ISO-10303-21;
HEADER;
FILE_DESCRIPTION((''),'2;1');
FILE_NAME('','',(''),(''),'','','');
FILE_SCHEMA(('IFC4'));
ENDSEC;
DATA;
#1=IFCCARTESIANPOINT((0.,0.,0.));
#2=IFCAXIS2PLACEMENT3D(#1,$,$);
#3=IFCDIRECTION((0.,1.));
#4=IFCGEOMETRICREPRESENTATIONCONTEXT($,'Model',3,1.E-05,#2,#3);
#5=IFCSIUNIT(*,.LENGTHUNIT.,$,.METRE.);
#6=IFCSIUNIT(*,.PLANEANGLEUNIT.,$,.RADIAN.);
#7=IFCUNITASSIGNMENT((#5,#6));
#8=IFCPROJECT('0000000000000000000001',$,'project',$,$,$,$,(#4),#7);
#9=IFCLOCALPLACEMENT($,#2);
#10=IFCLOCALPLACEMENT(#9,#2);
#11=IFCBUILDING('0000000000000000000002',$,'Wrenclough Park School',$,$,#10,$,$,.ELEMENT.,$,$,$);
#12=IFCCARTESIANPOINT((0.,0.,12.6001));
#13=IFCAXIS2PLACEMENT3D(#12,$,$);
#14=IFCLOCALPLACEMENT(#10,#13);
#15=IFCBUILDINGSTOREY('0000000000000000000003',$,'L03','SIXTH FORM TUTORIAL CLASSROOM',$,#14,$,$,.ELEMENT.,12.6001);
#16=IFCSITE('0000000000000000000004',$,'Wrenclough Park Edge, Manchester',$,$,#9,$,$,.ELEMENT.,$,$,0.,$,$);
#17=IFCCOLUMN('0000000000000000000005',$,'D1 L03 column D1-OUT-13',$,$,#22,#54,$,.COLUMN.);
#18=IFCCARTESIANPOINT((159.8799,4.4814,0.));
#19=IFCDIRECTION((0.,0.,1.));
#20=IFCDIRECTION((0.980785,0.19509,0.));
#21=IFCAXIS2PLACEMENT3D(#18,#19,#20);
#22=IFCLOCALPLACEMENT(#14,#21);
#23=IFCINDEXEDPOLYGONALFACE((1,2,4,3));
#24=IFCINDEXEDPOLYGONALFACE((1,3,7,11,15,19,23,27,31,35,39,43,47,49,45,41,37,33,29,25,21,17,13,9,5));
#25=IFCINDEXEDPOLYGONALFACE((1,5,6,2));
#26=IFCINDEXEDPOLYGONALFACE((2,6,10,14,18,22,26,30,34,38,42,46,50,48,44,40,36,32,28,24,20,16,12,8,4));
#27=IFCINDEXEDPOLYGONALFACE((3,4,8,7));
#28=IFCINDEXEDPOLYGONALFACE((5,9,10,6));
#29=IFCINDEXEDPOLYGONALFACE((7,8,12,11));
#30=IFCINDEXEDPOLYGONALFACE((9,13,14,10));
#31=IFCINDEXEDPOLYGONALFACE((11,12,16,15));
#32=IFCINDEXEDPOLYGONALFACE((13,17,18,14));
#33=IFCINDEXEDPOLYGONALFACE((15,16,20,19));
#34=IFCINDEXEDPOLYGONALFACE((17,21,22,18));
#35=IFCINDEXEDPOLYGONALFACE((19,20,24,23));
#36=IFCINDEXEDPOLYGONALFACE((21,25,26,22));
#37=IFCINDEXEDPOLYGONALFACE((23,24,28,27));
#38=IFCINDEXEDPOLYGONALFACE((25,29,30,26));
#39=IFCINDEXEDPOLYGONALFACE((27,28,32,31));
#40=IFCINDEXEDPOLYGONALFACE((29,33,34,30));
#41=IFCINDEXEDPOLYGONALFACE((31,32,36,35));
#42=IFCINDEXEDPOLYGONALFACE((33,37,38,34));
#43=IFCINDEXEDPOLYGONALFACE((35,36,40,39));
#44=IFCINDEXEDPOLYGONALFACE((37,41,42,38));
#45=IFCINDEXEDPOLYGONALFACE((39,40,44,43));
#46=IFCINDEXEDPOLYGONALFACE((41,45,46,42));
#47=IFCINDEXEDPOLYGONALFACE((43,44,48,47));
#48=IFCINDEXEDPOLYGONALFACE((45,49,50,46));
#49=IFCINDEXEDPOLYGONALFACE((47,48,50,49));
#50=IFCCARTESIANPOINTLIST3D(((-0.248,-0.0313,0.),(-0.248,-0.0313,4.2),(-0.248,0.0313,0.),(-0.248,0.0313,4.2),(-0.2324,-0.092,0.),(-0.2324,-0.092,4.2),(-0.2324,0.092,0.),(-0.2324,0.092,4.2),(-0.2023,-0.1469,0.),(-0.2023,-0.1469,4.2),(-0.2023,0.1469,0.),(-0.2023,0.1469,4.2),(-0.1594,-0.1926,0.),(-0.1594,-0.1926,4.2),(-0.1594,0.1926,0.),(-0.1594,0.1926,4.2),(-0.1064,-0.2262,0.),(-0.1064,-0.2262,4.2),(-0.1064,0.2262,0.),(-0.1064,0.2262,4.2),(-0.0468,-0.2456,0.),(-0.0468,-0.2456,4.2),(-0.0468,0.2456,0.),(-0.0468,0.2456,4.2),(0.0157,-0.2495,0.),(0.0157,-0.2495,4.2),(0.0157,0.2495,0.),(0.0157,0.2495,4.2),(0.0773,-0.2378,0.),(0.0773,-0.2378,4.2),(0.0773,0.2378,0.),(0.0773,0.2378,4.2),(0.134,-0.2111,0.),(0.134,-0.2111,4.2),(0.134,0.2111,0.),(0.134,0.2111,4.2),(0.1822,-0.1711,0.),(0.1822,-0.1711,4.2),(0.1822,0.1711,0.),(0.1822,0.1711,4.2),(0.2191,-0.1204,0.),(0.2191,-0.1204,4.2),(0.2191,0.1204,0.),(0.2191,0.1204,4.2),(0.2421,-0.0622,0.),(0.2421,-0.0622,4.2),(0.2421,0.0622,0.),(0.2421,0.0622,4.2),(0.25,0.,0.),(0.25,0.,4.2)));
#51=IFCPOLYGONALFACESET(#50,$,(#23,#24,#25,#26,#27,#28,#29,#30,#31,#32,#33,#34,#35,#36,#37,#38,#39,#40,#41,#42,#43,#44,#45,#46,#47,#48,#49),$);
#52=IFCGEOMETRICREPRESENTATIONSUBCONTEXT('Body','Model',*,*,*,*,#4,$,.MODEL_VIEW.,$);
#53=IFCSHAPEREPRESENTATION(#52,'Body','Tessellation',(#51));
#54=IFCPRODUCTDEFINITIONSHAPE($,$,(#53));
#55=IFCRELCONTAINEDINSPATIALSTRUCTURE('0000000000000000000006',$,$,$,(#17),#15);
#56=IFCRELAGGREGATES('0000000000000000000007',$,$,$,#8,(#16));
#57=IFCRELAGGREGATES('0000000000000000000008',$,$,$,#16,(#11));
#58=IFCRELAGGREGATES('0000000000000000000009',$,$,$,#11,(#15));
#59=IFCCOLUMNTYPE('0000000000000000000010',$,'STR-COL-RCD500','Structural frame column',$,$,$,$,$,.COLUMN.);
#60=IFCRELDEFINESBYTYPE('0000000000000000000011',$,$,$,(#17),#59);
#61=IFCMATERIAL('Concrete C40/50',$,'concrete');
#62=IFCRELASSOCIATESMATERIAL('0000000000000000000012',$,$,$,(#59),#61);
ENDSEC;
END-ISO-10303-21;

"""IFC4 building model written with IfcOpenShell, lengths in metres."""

from ifc_helpers import new_model, si_unit, direction, frame, origin, origin_2d, place, context, subcontext, project, spatial, circle, extrude, material, material_profile, profile_set, type_object, element, save


model = new_model("IFC4")

# Units and contexts
model_context = context("Model", 3, precision=1e-05, world=origin(), true_north=direction((0.0, 1.0)))
body_context = subcontext(model_context, "Body", "Model", "MODEL_VIEW")
ifc_project = project(units=[si_unit("LENGTHUNIT", "METRE"), si_unit("PLANEANGLEUNIT", "RADIAN")], contexts=[model_context])

# Site, building, storey
site_placement = place(None, origin())
site = spatial("IfcSite", under=ifc_project, at=site_placement, Name="Wrenclough Park Edge, Manchester", CompositionType="ELEMENT", RefElevation=0.0)
building_placement = place(site_placement, origin())
building = spatial("IfcBuilding", under=site, at=building_placement, Name="Wrenclough Park School", CompositionType="ELEMENT")
storey_placement = place(building_placement, frame((0.0, 0.0, 12.6001)))
storey = spatial("IfcBuildingStorey", under=building, at=storey_placement, Name="L03", Description="SIXTH FORM TUTORIAL CLASSROOM", CompositionType="ELEMENT", Elevation=12.6001)

# Column
ifc_material_1 = material(Name="Concrete C40/50", Category="concrete")
ifc_material_profile_1 = material_profile(ifc_material_1, circle(Radius=0.25, at=origin_2d()), Name="RC COL D500")
ifc_profile_set_1 = profile_set([ifc_material_profile_1], Name="Concrete C40/50")
column_type_1 = type_object("IfcColumnType", Name="STR-COL-RCD500", Description="Structural frame column", PredefinedType="COLUMN", material=ifc_profile_set_1)
column_1_placement = place(storey_placement, frame((159.8799, 4.4814, 0.0), z_axis=(0.0, 0.0, 1.0), x_axis=(0.980785, 0.19509, 0.0)))
element("IfcColumn", 1, at=column_1_placement, inside=storey, type_object=column_type_1, Name="D1 L03 column D1-OUT-13", PredefinedType="COLUMN", context=body_context, shape_type="SweptSolid", body=[
    extrude(circle(Radius=0.25, at=origin_2d()), origin(), (0.0, 0.0, 1.0), 4.2),
])

save(model, "model.ifc")
